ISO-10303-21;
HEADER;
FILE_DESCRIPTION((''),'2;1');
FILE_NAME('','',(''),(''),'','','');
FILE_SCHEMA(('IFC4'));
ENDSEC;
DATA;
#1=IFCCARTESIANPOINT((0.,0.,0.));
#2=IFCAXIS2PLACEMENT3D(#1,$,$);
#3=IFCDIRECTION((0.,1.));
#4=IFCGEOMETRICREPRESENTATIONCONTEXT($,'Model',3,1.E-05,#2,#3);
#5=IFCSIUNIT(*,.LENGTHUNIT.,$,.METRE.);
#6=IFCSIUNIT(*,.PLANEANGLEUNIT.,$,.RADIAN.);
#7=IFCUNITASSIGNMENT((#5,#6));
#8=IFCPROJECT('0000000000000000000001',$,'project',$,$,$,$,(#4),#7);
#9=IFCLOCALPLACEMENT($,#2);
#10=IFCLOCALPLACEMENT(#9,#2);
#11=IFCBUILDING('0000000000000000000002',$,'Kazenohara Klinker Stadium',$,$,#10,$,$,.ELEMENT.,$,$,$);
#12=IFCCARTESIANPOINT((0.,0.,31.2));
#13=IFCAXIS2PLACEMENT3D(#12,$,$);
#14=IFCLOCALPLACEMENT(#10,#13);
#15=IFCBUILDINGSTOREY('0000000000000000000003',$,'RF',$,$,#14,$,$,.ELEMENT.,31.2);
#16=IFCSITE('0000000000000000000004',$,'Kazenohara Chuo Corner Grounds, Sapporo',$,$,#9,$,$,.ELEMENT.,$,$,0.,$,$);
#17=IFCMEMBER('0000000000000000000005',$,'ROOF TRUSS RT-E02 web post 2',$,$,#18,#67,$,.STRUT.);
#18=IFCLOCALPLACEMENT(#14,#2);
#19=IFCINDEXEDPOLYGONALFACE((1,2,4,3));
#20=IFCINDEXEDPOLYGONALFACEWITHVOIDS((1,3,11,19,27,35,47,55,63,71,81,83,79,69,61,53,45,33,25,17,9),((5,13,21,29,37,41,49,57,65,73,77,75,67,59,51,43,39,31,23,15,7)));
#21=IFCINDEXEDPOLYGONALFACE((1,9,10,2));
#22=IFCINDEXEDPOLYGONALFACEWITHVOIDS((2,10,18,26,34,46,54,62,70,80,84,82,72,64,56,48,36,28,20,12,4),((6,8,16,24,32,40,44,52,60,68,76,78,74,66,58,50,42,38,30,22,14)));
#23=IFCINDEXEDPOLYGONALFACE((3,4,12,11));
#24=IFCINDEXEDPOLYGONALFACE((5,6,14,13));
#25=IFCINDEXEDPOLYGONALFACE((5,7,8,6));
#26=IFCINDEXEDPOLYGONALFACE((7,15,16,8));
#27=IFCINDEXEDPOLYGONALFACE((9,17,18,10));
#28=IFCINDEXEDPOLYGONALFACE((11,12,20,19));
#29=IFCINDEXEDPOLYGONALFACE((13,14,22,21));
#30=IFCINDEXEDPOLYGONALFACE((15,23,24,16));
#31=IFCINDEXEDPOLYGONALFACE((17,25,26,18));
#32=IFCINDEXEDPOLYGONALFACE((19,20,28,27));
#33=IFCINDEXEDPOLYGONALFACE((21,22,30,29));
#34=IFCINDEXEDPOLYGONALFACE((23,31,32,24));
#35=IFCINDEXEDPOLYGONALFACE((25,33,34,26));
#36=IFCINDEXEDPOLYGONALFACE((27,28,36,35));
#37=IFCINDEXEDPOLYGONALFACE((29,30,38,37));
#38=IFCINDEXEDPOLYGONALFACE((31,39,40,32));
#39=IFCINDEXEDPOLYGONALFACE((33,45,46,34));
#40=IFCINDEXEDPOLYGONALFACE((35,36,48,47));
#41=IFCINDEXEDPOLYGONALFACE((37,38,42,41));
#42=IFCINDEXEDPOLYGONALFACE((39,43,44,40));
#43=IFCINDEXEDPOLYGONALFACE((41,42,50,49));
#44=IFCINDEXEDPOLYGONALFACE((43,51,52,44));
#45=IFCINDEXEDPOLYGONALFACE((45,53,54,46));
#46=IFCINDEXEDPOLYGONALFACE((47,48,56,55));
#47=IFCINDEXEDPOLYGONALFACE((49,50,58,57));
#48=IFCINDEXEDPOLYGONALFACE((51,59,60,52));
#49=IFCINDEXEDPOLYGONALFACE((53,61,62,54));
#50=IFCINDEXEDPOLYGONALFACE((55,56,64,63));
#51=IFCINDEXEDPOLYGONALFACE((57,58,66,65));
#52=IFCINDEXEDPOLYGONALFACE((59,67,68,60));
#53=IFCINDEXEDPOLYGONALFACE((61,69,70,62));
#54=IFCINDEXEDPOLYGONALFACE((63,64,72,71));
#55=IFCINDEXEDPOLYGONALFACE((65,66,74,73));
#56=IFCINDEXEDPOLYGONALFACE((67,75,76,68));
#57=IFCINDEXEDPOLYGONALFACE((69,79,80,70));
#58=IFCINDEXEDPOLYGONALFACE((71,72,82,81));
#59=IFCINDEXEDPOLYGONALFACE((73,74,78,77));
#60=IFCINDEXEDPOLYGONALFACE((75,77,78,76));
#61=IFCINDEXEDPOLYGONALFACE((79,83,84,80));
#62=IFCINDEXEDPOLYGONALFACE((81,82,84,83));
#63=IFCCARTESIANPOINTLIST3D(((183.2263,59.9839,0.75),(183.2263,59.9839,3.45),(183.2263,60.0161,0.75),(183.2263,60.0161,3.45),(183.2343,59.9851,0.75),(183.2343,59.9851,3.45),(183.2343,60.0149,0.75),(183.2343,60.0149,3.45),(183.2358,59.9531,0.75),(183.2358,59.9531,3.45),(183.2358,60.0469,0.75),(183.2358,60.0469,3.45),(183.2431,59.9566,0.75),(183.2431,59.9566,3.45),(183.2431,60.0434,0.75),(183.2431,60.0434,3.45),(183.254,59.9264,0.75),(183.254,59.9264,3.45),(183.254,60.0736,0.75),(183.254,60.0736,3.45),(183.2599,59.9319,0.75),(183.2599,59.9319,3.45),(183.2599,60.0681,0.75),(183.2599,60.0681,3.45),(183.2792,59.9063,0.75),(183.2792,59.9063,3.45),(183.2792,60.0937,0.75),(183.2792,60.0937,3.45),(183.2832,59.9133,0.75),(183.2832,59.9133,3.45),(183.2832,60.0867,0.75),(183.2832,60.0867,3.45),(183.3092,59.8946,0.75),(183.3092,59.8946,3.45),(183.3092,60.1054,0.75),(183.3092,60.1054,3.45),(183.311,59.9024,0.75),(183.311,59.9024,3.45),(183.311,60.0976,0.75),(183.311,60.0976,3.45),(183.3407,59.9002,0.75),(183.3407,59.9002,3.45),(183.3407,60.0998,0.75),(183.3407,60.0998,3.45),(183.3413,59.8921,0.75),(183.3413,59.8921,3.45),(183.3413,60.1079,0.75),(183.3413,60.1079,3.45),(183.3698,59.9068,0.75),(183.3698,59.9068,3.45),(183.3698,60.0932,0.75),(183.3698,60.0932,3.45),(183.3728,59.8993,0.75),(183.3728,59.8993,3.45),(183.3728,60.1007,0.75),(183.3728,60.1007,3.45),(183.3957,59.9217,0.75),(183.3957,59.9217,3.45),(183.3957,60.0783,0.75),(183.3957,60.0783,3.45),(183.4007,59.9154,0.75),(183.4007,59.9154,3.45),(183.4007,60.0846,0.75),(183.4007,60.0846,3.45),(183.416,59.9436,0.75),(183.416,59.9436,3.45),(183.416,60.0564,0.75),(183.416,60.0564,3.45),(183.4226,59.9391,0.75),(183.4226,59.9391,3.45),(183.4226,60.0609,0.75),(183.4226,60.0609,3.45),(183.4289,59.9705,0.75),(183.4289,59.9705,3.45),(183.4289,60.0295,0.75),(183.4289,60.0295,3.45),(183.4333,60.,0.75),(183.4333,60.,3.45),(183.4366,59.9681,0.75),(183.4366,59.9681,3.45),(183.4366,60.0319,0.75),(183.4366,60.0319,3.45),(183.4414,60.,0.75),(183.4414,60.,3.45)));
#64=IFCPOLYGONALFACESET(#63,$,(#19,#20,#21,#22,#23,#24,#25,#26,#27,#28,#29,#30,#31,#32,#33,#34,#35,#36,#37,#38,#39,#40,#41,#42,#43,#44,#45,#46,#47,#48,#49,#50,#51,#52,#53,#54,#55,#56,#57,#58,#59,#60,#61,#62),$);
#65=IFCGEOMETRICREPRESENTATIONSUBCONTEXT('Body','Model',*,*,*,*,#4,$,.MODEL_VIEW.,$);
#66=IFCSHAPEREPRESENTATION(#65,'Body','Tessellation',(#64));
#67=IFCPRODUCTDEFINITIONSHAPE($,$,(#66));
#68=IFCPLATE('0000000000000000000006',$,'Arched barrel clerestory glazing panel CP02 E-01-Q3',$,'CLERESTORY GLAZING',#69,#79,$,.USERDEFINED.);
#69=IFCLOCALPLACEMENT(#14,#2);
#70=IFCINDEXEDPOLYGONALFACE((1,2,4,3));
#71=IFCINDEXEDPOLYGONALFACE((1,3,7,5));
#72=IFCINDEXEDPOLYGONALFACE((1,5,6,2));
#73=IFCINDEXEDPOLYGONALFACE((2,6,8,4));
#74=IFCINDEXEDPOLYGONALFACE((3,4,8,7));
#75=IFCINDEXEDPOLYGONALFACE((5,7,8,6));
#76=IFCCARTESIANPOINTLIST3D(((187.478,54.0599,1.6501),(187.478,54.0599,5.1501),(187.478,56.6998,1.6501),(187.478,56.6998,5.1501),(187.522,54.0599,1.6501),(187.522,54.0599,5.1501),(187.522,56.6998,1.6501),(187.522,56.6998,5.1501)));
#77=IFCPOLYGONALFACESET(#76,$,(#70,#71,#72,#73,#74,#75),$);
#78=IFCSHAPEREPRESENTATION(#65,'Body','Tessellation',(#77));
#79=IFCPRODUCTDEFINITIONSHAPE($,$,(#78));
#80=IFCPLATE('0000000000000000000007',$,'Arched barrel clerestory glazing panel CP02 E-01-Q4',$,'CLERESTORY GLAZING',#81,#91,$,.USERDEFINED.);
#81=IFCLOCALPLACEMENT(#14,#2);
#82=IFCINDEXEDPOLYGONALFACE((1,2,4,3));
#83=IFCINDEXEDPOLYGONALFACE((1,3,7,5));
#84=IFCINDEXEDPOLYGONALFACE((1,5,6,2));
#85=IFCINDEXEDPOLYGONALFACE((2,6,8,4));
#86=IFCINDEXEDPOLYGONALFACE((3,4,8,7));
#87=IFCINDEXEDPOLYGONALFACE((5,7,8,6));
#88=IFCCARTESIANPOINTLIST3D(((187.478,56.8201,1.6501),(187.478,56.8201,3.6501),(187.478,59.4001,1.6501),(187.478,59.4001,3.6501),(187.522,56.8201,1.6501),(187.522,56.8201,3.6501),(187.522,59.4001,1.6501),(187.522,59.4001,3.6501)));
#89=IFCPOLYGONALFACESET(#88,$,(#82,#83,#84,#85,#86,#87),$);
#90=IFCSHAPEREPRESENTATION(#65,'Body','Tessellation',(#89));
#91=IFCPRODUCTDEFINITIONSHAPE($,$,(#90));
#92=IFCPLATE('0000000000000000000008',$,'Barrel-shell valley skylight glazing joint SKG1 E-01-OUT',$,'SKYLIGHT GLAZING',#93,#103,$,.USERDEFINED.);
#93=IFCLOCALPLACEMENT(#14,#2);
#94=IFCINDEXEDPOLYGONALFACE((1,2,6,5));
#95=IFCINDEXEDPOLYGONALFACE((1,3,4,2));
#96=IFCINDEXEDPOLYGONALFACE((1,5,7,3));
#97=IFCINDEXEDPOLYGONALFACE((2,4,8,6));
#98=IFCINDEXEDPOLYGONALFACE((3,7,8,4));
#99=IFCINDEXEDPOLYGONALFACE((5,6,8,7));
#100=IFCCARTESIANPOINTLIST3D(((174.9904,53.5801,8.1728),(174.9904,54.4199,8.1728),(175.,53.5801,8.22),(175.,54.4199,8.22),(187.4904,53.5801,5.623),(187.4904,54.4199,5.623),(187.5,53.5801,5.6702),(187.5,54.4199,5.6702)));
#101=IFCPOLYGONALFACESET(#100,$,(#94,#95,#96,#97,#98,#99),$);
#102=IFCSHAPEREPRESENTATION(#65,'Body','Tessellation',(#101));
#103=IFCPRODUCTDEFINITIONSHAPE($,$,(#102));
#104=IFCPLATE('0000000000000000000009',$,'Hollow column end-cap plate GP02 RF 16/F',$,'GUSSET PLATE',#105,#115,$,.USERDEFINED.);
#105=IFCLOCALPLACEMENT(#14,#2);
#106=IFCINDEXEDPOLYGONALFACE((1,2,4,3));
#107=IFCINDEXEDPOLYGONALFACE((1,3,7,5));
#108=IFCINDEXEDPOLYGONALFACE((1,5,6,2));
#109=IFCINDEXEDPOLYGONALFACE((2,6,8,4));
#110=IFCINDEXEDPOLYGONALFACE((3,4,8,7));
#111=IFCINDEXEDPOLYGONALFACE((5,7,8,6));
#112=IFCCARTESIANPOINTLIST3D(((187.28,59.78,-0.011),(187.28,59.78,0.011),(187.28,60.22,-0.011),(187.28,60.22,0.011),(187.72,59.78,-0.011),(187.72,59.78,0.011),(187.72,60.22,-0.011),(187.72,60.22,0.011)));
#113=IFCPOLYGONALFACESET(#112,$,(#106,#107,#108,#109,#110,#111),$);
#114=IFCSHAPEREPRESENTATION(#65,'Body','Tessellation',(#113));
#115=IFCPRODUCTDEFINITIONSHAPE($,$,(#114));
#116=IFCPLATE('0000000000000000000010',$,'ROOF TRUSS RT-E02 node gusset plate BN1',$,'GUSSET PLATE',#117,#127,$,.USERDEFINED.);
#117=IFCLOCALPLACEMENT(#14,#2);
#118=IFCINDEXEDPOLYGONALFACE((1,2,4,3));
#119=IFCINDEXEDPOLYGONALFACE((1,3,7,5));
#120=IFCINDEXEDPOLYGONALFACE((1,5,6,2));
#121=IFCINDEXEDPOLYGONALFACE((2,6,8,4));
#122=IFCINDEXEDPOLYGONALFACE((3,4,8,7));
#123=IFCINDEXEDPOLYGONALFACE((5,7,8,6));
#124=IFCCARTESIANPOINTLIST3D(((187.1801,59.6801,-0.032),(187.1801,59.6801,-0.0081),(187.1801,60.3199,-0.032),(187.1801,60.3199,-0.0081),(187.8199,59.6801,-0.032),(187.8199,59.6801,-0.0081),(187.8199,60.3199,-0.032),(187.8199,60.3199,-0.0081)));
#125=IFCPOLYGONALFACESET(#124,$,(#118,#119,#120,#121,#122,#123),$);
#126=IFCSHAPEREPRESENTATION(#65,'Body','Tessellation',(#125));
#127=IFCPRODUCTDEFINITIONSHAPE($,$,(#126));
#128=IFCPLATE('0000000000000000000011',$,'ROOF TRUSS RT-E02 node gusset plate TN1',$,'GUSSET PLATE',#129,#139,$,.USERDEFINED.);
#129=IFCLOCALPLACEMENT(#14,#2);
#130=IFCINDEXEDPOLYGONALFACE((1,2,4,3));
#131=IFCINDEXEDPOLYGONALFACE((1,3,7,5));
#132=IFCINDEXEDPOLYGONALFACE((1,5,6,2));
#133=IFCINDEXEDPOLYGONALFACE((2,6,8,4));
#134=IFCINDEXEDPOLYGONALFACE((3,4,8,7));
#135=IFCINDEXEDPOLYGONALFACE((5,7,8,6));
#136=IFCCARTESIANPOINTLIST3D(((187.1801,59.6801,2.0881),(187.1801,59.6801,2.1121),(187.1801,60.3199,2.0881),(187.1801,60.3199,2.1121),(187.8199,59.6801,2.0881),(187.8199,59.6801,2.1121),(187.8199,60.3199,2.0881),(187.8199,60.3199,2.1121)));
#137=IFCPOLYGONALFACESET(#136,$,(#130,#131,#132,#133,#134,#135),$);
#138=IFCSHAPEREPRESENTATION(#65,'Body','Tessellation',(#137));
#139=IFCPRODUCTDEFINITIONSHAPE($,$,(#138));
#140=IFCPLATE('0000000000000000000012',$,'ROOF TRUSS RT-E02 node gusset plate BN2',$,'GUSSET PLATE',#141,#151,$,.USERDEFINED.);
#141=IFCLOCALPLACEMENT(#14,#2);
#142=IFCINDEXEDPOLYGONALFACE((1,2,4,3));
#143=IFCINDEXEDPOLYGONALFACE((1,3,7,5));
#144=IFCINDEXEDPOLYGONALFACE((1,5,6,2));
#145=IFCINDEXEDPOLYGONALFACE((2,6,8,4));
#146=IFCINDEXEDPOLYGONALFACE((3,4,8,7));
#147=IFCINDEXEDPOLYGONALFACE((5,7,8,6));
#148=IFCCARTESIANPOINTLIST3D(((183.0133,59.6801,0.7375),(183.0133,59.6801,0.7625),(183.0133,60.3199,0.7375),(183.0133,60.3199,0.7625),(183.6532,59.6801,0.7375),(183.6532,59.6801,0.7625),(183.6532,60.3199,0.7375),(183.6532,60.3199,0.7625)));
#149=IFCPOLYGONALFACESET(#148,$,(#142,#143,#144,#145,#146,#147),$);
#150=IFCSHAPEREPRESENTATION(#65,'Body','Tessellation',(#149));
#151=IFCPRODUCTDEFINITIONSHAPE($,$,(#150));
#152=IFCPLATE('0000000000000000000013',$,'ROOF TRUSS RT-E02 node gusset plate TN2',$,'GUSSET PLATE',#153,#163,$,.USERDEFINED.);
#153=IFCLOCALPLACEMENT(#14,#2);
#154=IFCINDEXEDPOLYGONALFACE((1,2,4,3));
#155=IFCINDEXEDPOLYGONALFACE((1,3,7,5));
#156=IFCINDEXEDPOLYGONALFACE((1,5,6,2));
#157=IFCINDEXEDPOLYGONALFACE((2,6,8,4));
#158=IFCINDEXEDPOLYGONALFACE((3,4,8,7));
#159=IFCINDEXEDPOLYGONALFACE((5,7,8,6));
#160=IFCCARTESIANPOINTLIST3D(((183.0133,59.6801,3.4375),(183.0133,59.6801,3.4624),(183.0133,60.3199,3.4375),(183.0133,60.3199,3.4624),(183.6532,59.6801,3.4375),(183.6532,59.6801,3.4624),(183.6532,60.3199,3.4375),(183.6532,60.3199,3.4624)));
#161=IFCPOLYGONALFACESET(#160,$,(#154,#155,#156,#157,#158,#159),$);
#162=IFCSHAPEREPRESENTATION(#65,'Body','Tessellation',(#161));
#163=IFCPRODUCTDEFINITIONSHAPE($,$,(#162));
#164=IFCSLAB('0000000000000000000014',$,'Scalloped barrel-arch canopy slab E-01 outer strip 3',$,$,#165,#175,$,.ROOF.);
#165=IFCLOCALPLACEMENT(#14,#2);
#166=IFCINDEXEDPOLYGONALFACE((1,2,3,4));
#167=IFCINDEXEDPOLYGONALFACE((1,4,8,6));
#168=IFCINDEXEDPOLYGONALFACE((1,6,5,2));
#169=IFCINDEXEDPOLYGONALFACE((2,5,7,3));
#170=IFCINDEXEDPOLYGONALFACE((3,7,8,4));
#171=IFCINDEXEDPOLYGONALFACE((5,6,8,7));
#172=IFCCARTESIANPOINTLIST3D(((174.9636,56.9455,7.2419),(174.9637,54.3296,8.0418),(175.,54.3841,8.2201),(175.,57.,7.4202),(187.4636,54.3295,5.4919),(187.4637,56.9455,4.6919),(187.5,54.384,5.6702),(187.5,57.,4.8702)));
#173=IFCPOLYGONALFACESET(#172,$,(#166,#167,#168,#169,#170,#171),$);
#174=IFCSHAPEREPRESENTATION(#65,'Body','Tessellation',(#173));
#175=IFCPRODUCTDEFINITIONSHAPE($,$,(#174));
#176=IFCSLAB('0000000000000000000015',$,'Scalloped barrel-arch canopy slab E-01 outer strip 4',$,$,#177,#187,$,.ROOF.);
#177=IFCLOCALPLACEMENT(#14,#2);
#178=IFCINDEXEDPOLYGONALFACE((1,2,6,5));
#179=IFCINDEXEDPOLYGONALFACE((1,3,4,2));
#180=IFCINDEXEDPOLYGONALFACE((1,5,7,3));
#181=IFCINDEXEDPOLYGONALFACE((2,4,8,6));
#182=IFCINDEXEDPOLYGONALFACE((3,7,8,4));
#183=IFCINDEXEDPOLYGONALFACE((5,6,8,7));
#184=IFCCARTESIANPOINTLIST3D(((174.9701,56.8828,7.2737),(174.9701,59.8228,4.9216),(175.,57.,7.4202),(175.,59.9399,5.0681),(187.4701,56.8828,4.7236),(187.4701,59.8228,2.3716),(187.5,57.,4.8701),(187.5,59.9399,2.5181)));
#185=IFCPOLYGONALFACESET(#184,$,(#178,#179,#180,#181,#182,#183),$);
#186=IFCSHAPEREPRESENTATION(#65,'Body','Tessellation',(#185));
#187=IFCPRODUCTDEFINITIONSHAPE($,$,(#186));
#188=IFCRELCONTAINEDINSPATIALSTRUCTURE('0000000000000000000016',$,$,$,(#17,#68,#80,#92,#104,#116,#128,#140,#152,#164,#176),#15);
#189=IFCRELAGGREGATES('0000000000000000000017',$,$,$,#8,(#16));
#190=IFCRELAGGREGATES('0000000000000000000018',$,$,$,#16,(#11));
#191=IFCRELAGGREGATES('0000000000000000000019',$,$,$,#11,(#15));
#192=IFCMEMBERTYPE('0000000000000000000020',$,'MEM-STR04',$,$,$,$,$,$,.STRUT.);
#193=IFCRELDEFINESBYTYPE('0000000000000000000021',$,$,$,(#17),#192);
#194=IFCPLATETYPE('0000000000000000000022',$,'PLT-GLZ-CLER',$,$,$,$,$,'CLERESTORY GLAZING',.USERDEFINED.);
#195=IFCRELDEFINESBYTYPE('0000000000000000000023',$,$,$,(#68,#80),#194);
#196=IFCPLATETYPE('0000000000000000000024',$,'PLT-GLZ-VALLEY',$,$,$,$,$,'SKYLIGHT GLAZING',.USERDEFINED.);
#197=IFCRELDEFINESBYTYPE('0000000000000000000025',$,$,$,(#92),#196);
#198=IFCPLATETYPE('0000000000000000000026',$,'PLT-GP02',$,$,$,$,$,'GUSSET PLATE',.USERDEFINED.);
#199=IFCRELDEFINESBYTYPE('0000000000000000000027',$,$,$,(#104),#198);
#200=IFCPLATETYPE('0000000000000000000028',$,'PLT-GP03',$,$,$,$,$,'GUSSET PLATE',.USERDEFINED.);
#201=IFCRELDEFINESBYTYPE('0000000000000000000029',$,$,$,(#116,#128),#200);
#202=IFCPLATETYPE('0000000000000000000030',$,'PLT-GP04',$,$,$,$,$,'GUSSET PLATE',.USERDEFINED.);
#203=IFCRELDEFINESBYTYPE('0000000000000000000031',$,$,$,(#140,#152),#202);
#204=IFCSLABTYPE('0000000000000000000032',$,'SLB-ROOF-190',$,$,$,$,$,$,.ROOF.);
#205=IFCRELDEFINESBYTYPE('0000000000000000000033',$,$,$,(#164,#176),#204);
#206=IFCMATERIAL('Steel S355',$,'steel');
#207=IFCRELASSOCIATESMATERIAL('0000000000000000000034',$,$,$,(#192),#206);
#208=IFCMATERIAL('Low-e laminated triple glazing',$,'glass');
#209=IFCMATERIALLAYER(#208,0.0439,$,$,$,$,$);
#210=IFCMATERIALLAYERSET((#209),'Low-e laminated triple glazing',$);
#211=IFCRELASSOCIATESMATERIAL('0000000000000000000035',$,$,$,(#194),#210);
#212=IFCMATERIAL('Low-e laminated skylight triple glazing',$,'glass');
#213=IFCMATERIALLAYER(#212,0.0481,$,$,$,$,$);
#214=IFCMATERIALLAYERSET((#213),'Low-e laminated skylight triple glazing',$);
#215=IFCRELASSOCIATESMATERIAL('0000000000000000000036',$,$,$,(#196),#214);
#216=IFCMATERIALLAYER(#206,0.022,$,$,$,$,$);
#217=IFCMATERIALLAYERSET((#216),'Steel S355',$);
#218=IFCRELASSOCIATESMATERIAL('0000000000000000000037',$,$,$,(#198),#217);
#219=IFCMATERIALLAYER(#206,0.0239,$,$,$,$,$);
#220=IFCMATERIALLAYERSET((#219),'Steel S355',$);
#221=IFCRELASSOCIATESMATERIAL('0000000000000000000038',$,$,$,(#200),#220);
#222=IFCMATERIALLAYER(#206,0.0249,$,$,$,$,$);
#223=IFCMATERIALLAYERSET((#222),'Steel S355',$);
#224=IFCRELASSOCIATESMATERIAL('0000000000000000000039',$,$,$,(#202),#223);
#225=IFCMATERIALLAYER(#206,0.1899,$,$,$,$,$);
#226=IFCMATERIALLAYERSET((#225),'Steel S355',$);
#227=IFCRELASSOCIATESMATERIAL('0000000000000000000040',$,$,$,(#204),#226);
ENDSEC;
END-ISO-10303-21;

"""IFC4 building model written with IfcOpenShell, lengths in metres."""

from ifc_helpers import new_model, si_unit, direction, frame, origin, origin_2d, place, context, subcontext, project, spatial, polyline, rectangle, hollow_circle, outline, extrude, material, layer, layer_set, material_profile, profile_set, type_object, element, save


model = new_model("IFC4")

# Units and contexts
model_context = context("Model", 3, precision=1e-05, world=origin(), true_north=direction((0.0, 1.0)))
body_context = subcontext(model_context, "Body", "Model", "MODEL_VIEW")
ifc_project = project(units=[si_unit("LENGTHUNIT", "METRE"), si_unit("PLANEANGLEUNIT", "RADIAN")], contexts=[model_context])

# Site, building, storey
site_placement = place(None, origin())
site = spatial("IfcSite", under=ifc_project, at=site_placement, Name="Kazenohara Chuo Corner Grounds, Sapporo", CompositionType="ELEMENT", RefElevation=0.0)
building_placement = place(site_placement, origin())
building = spatial("IfcBuilding", under=site, at=building_placement, Name="Kazenohara Klinker Stadium", CompositionType="ELEMENT")
storey_placement = place(building_placement, frame((0.0, 0.0, 31.2)))
storey = spatial("IfcBuildingStorey", under=building, at=storey_placement, Name="RF", CompositionType="ELEMENT", Elevation=31.2)

# Member
ifc_material_1 = material(Name="Steel S355", Category="steel")
ifc_material_profile_1 = material_profile(ifc_material_1, hollow_circle(Radius=0.1082, WallThickness=0.0081, at=origin_2d()), Name="CHS-216.3x8")
ifc_profile_set_1 = profile_set([ifc_material_profile_1], Name="Steel S355")
member_type_1 = type_object("IfcMemberType", Name="MEM-STR04", PredefinedType="STRUT", material=ifc_profile_set_1)
member_1_placement = place(storey_placement, frame((183.3333, 60.0, 0.75), z_axis=(0.0, 0.0, 1.0), x_axis=(1.0, 0.0, 0.0)))
element("IfcMember", 1, at=member_1_placement, inside=storey, type_object=member_type_1, Name="ROOF TRUSS RT-E02 web post 2", PredefinedType="STRUT", context=body_context, shape_type="SweptSolid", body=[
    extrude(hollow_circle(Radius=0.1082, WallThickness=0.0081, at=origin_2d()), origin(), (0.0, 0.0, 1.0), 2.7),
])

# Plates
ifc_material_2 = material(Name="Low-e laminated triple glazing", Category="glass")
ifc_layer_1 = layer(ifc_material_2, 0.0439)
ifc_layer_set_1 = layer_set([ifc_layer_1], Name="Low-e laminated triple glazing")
plate_type_1 = type_object("IfcPlateType", Name="PLT-GLZ-CLER", ElementType="CLERESTORY GLAZING", PredefinedType="USERDEFINED", material=ifc_layer_set_1)
plate_1_placement = place(storey_placement, frame((187.5, 55.3799, 1.6501), z_axis=(0.0, 0.0, 1.0), x_axis=(1.0, 0.0, 0.0)))
element("IfcPlate", 2, at=plate_1_placement, inside=storey, type_object=plate_type_1, Name="Arched barrel clerestory glazing panel CP02 E-01-Q3", ObjectType="CLERESTORY GLAZING", PredefinedType="USERDEFINED", context=body_context, shape_type="SweptSolid", body=[
    extrude(rectangle(XDim=0.0439, YDim=2.6399, at=origin_2d()), origin(), (0.0, 0.0, 1.0), 3.5),
])
plate_2_placement = place(storey_placement, frame((187.5, 58.1101, 1.6501), z_axis=(0.0, 0.0, 1.0), x_axis=(1.0, 0.0, 0.0)))
element("IfcPlate", 3, at=plate_2_placement, inside=storey, type_object=plate_type_1, Name="Arched barrel clerestory glazing panel CP02 E-01-Q4", ObjectType="CLERESTORY GLAZING", PredefinedType="USERDEFINED", context=body_context, shape_type="SweptSolid", body=[
    extrude(rectangle(XDim=0.0439, YDim=2.5801, at=origin_2d()), origin(), (0.0, 0.0, 1.0), 2.0),
])
ifc_material_3 = material(Name="Low-e laminated skylight triple glazing", Category="glass")
ifc_layer_2 = layer(ifc_material_3, 0.0481)
ifc_layer_set_2 = layer_set([ifc_layer_2], Name="Low-e laminated skylight triple glazing")
plate_type_2 = type_object("IfcPlateType", Name="PLT-GLZ-VALLEY", ElementType="SKYLIGHT GLAZING", PredefinedType="USERDEFINED", material=ifc_layer_set_2)
plate_3_placement = place(storey_placement, frame((187.5, 53.5801, 5.6702), z_axis=(0.199869, 0.0, 0.979823), x_axis=(-0.979823, 0.0, 0.199869)))
element("IfcPlate", 4, at=plate_3_placement, inside=storey, type_object=plate_type_2, Name="Barrel-shell valley skylight glazing joint SKG1 E-01-OUT", ObjectType="SKYLIGHT GLAZING", PredefinedType="USERDEFINED", context=body_context, shape_type="SweptSolid", body=[
    extrude(outline(polyline([(0.0, 0.0), (12.7574, 0.0), (12.7574, -0.8398), (0.0, -0.8398), (0.0, 0.0)])), origin(), (0.0, 0.0, -1.0), 0.0481),
])
ifc_layer_3 = layer(ifc_material_1, 0.022)
ifc_layer_set_3 = layer_set([ifc_layer_3], Name="Steel S355")
plate_type_3 = type_object("IfcPlateType", Name="PLT-GP02", ElementType="GUSSET PLATE", PredefinedType="USERDEFINED", material=ifc_layer_set_3)
plate_4_placement = place(storey_placement, frame((187.5, 60.0, -0.011), z_axis=(0.0, 0.0, 1.0), x_axis=(1.0, 0.0, 0.0)))
element("IfcPlate", 5, at=plate_4_placement, inside=storey, type_object=plate_type_3, Name="Hollow column end-cap plate GP02 RF 16/F", ObjectType="GUSSET PLATE", PredefinedType="USERDEFINED", context=body_context, shape_type="SweptSolid", body=[
    extrude(rectangle(XDim=0.4399, YDim=0.4399, at=origin_2d()), origin(), (0.0, 0.0, 1.0), 0.022),
])
ifc_layer_4 = layer(ifc_material_1, 0.0239)
ifc_layer_set_4 = layer_set([ifc_layer_4], Name="Steel S355")
plate_type_4 = type_object("IfcPlateType", Name="PLT-GP03", ElementType="GUSSET PLATE", PredefinedType="USERDEFINED", material=ifc_layer_set_4)
for number, where, z_axis, x_axis, name in (
    (6, (187.5, 60.0, -0.032), (0.0, 0.0, 1.0), (1.0, 0.0, 0.0), "ROOF TRUSS RT-E02 node gusset plate BN1"),
    (7, (187.5, 60.0, 2.0881), (0.0, 0.0, 1.0), (1.0, 0.0, 0.0), "ROOF TRUSS RT-E02 node gusset plate TN1"),
):
    element("IfcPlate", number, at=place(storey_placement, frame(where, z_axis=z_axis, x_axis=x_axis)), inside=storey, type_object=plate_type_4, Name=name, ObjectType="GUSSET PLATE", PredefinedType="USERDEFINED", context=body_context, shape_type="SweptSolid", body=[
        extrude(rectangle(XDim=0.6399, YDim=0.6399, at=origin_2d()), origin(), (0.0, 0.0, 1.0), 0.0239),
    ])
ifc_layer_5 = layer(ifc_material_1, 0.0249)
ifc_layer_set_5 = layer_set([ifc_layer_5], Name="Steel S355")
plate_type_5 = type_object("IfcPlateType", Name="PLT-GP04", ElementType="GUSSET PLATE", PredefinedType="USERDEFINED", material=ifc_layer_set_5)
for number, where, z_axis, x_axis, name in (
    (8, (183.3333, 60.0, 0.7375), (0.0, 0.0, 1.0), (1.0, 0.0, 0.0), "ROOF TRUSS RT-E02 node gusset plate BN2"),
    (9, (183.3333, 60.0, 3.4375), (0.0, 0.0, 1.0), (1.0, 0.0, 0.0), "ROOF TRUSS RT-E02 node gusset plate TN2"),
):
    element("IfcPlate", number, at=place(storey_placement, frame(where, z_axis=z_axis, x_axis=x_axis)), inside=storey, type_object=plate_type_5, Name=name, ObjectType="GUSSET PLATE", PredefinedType="USERDEFINED", context=body_context, shape_type="SweptSolid", body=[
        extrude(rectangle(XDim=0.6399, YDim=0.6399, at=origin_2d()), origin(), (0.0, 0.0, 1.0), 0.0249),
    ])

# Slabs
ifc_layer_6 = layer(ifc_material_1, 0.1899)
ifc_layer_set_6 = layer_set([ifc_layer_6], Name="Steel S355")
slab_type = type_object("IfcSlabType", Name="SLB-ROOF-190", PredefinedType="ROOF", material=ifc_layer_set_6)
slab_1_placement = place(storey_placement, frame((187.5, 54.384, 5.6702), z_axis=(0.191468, 0.28701, 0.938597), x_axis=(-0.979821, 0.000003, 0.199877)))
element("IfcSlab", 10, at=slab_1_placement, inside=storey, type_object=slab_type, Name="Scalloped barrel-arch canopy slab E-01 outer strip 3", PredefinedType="ROOF", context=body_context, shape_type="SweptSolid", body=[
    extrude(outline(polyline([(0.0, 0.0), (12.7574, 0.0), (12.5976, -2.7308), (-0.1599, -2.7309), (0.0, 0.0)])), origin(), (0.0, 0.0, -1.0), 0.1899),
])
slab_2_placement = place(storey_placement, frame((187.5, 57.0, 4.8701), z_axis=(0.157314, 0.616932, 0.771133), x_axis=(-0.979819, 0.0, 0.199887)))
element("IfcSlab", 11, at=slab_2_placement, inside=storey, type_object=slab_type, Name="Scalloped barrel-arch canopy slab E-01 outer strip 4", PredefinedType="ROOF", context=body_context, shape_type="SweptSolid", body=[
    extrude(outline(polyline([(0.0, 0.0), (12.7575, 0.0), (12.2873, -3.7356), (-0.4701, -3.7356), (0.0, 0.0)])), origin(), (0.0, 0.0, -1.0), 0.1899),
])

save(model, "model.ifc")
